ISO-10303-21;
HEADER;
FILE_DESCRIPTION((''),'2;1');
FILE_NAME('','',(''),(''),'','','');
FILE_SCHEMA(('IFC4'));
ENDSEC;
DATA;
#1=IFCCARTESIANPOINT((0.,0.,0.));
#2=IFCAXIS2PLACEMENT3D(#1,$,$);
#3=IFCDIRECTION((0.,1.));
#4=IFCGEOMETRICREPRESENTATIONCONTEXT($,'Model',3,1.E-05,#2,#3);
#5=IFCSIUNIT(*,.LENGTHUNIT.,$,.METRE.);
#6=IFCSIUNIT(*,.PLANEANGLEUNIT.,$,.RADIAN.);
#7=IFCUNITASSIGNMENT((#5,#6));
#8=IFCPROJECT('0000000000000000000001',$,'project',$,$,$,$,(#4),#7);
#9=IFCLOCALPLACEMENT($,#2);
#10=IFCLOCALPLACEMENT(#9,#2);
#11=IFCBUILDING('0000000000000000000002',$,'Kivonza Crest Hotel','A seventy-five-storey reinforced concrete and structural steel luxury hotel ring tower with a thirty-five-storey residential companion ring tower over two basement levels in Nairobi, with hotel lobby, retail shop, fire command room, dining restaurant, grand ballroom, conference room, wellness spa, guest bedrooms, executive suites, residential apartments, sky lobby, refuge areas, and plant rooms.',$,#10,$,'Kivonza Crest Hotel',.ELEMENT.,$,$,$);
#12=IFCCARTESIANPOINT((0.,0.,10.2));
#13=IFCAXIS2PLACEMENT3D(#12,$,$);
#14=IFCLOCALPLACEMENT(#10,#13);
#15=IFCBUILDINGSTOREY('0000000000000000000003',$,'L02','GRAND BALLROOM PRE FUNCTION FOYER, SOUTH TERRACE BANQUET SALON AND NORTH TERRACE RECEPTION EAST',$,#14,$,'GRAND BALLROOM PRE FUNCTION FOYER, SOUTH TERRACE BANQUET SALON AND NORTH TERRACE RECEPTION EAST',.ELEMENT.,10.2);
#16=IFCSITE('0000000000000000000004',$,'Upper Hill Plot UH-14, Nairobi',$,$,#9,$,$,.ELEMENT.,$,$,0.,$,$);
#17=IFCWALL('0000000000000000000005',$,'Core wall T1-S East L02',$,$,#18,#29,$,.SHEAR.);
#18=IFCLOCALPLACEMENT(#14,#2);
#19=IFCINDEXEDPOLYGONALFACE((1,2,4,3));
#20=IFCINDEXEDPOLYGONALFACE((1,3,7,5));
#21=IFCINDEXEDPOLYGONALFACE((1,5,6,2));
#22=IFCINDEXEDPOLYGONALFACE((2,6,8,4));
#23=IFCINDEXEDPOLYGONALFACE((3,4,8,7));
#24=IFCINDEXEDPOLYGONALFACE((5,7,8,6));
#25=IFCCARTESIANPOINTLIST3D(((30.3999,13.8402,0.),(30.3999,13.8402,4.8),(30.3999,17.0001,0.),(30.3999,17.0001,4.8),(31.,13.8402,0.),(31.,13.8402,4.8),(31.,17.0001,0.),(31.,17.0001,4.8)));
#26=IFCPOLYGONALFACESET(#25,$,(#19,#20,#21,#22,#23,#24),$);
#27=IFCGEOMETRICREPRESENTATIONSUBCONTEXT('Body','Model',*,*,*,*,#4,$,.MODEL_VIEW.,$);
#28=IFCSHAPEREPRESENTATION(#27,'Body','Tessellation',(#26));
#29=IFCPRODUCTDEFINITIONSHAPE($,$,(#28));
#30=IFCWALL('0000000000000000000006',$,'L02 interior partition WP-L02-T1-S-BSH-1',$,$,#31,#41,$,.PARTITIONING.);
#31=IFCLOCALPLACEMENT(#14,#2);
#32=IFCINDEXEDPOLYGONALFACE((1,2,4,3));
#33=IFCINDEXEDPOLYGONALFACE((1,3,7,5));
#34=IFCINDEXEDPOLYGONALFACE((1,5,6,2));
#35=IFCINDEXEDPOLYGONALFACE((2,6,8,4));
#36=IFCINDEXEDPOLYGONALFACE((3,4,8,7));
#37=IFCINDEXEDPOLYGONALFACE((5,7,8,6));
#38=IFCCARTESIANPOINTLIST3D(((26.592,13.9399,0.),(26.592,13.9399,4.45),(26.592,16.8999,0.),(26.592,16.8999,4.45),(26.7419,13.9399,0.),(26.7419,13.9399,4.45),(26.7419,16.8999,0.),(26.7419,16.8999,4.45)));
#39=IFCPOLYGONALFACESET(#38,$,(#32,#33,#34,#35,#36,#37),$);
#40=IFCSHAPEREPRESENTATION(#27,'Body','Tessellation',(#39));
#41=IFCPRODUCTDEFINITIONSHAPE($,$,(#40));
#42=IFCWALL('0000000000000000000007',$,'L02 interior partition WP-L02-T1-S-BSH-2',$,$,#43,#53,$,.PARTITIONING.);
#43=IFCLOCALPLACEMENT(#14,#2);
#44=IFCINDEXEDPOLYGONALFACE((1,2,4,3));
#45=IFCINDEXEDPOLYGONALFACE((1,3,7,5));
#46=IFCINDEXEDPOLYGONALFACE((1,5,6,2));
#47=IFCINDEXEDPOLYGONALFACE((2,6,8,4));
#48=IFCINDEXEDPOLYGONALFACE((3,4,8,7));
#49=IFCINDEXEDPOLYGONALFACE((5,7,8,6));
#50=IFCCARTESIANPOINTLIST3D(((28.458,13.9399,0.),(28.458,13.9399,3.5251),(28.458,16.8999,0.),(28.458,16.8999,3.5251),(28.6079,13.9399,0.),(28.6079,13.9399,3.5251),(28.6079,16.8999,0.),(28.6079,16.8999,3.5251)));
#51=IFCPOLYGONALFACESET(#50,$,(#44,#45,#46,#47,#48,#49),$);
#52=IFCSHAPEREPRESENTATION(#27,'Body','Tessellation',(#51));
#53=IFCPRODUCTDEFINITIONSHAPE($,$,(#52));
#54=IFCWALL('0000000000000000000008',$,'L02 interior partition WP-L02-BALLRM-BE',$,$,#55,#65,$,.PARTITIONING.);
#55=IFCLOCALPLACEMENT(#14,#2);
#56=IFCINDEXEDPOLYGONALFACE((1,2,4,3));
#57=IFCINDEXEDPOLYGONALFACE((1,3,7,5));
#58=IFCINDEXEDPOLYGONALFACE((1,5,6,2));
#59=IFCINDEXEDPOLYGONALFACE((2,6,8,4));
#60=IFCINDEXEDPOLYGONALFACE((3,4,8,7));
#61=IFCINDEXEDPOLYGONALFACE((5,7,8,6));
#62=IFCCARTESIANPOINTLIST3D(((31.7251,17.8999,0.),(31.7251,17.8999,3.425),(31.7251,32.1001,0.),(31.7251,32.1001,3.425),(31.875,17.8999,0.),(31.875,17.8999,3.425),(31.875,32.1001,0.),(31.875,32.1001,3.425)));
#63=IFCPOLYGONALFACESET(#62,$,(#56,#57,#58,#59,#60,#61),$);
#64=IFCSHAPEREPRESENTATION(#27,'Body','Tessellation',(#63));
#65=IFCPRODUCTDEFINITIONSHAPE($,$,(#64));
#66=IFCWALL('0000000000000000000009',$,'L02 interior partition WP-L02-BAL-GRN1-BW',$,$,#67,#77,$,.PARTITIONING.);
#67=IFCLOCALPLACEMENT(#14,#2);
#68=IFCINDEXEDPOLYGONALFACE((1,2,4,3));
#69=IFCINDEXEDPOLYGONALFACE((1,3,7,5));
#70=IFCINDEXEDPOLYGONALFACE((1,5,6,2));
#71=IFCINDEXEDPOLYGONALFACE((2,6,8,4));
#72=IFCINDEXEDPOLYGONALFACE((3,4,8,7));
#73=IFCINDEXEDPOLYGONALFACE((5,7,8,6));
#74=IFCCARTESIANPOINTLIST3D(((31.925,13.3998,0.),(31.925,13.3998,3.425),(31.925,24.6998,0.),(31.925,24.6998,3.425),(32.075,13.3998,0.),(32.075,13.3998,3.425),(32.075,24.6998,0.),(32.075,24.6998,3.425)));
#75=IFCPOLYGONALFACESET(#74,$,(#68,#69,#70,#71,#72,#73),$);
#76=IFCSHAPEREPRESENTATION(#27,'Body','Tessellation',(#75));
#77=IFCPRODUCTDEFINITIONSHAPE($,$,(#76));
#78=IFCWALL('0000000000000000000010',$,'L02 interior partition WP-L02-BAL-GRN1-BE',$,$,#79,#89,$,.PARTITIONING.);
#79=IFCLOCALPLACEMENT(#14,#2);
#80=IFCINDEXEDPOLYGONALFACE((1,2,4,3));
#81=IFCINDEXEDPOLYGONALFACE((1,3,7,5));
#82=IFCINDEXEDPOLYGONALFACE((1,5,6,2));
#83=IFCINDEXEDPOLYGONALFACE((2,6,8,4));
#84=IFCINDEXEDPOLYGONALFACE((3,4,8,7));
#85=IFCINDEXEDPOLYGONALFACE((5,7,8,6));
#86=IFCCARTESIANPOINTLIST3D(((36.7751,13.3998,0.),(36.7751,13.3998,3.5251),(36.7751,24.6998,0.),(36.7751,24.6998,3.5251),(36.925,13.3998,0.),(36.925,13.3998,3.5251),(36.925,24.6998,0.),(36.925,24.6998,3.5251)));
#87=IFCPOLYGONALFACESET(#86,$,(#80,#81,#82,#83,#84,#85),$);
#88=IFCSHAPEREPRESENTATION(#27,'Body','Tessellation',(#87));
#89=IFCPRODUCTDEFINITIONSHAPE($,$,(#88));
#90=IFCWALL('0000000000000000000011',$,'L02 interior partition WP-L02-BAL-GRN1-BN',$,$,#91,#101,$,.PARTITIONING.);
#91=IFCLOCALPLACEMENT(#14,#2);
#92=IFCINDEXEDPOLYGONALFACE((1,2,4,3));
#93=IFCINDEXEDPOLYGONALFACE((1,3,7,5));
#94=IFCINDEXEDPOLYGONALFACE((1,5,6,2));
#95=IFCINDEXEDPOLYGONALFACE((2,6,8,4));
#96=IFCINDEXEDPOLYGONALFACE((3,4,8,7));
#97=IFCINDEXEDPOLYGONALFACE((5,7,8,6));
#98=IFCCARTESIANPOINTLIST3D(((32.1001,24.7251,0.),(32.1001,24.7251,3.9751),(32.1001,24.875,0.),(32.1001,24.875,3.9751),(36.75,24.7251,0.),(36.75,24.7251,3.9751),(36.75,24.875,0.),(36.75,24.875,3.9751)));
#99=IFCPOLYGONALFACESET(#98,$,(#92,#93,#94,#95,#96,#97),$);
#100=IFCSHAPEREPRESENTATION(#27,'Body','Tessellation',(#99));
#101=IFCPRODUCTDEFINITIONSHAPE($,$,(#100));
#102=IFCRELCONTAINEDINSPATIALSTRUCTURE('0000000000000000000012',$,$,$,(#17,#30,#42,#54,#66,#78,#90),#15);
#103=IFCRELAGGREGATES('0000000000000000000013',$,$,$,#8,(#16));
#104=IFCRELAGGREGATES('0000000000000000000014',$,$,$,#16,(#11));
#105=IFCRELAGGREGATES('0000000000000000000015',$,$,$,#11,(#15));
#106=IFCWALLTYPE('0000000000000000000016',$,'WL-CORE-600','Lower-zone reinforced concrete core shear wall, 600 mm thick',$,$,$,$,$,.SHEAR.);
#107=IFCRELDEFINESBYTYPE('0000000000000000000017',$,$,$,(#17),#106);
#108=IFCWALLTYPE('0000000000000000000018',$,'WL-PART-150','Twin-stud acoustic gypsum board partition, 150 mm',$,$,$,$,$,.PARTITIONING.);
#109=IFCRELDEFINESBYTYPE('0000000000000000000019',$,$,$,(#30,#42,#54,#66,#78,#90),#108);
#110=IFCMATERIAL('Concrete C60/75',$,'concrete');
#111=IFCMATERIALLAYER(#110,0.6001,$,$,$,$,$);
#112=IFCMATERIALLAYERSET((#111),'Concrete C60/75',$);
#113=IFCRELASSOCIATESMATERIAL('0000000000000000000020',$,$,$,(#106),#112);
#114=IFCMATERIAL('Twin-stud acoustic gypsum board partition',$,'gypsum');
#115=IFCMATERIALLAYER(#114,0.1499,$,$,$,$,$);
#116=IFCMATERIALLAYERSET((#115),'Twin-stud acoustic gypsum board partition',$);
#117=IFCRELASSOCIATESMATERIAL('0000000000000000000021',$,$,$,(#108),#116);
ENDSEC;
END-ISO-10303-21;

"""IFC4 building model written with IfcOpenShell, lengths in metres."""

from ifc_helpers import new_model, si_unit, direction, frame, frame_2d, origin, place, context, subcontext, project, spatial, rectangle, extrude, material, layer, layer_set, type_object, element, save


model = new_model("IFC4")

# Units and contexts
model_context = context("Model", 3, precision=1e-05, world=origin(), true_north=direction((0.0, 1.0)))
body_context = subcontext(model_context, "Body", "Model", "MODEL_VIEW")
ifc_project = project(units=[si_unit("LENGTHUNIT", "METRE"), si_unit("PLANEANGLEUNIT", "RADIAN")], contexts=[model_context])

# Site, building, storey
site_placement = place(None, origin())
site = spatial("IfcSite", under=ifc_project, at=site_placement, Name="Upper Hill Plot UH-14, Nairobi", CompositionType="ELEMENT", RefElevation=0.0)
building_placement = place(site_placement, origin())
building = spatial("IfcBuilding", under=site, at=building_placement, Name="Kivonza Crest Hotel", Description="A seventy-five-storey reinforced concrete and structural steel luxury hotel ring tower with a thirty-five-storey residential companion ring tower over two basement levels in Nairobi, with hotel lobby, retail shop, fire command room, dining restaurant, grand ballroom, conference room, wellness spa, guest bedrooms, executive suites, residential apartments, sky lobby, refuge areas, and plant rooms.", LongName="Kivonza Crest Hotel", CompositionType="ELEMENT")
storey_placement = place(building_placement, frame((0.0, 0.0, 10.2)))
storey = spatial("IfcBuildingStorey", under=building, at=storey_placement, Name="L02", Description="GRAND BALLROOM PRE FUNCTION FOYER, SOUTH TERRACE BANQUET SALON AND NORTH TERRACE RECEPTION EAST", LongName="GRAND BALLROOM PRE FUNCTION FOYER, SOUTH TERRACE BANQUET SALON AND NORTH TERRACE RECEPTION EAST", CompositionType="ELEMENT", Elevation=10.2)

# Shared definitions
ifc_material_1 = material(Name="Concrete C60/75", Category="concrete")

# Walls
ifc_layer_1 = layer(ifc_material_1, 0.6001)
ifc_layer_set_1 = layer_set([ifc_layer_1], Name="Concrete C60/75")
wall_type_1 = type_object("IfcWallType", Name="WL-CORE-600", Description="Lower-zone reinforced concrete core shear wall, 600 mm thick", PredefinedType="SHEAR", material=ifc_layer_set_1)
wall_1_placement = place(storey_placement, frame((30.7, 13.8401, 0.0), z_axis=(0.0, 0.0, 1.0), x_axis=(0.0, 1.0, 0.0)))
element("IfcWall", 1, at=wall_1_placement, inside=storey, type_object=wall_type_1, Name="Core wall T1-S East L02", PredefinedType="SHEAR", context=body_context, shape_type="SweptSolid", body=[
    extrude(rectangle(XDim=3.1599, YDim=0.6001, at=frame_2d((1.5801, 0.0))), origin(), (0.0, 0.0, 1.0), 4.8),
])
ifc_material_2 = material(Name="Twin-stud acoustic gypsum board partition", Category="gypsum")
ifc_layer_2 = layer(ifc_material_2, 0.1499)
ifc_layer_set_2 = layer_set([ifc_layer_2], Name="Twin-stud acoustic gypsum board partition")
wall_type_2 = type_object("IfcWallType", Name="WL-PART-150", Description="Twin-stud acoustic gypsum board partition, 150 mm", PredefinedType="PARTITIONING", material=ifc_layer_set_2)
wall_2_placement = place(storey_placement, frame((26.667, 13.9399, 0.0), z_axis=(0.0, 0.0, 1.0), x_axis=(0.0, 1.0, 0.0)))
element("IfcWall", 2, at=wall_2_placement, inside=storey, type_object=wall_type_2, Name="L02 interior partition WP-L02-T1-S-BSH-1", PredefinedType="PARTITIONING", context=body_context, shape_type="SweptSolid", body=[
    extrude(rectangle(XDim=2.96, YDim=0.1499, at=frame_2d((1.48, 0.0))), origin(), (0.0, 0.0, 1.0), 4.45),
])
wall_3_placement = place(storey_placement, frame((28.533, 13.9399, 0.0), z_axis=(0.0, 0.0, 1.0), x_axis=(0.0, 1.0, 0.0)))
element("IfcWall", 3, at=wall_3_placement, inside=storey, type_object=wall_type_2, Name="L02 interior partition WP-L02-T1-S-BSH-2", PredefinedType="PARTITIONING", context=body_context, shape_type="SweptSolid", body=[
    extrude(rectangle(XDim=2.96, YDim=0.1499, at=frame_2d((1.48, 0.0))), origin(), (0.0, 0.0, 1.0), 3.5251),
])
wall_4_placement = place(storey_placement, frame((31.8, 17.8999, 0.0), z_axis=(0.0, 0.0, 1.0), x_axis=(0.0, 1.0, 0.0)))
element("IfcWall", 4, at=wall_4_placement, inside=storey, type_object=wall_type_2, Name="L02 interior partition WP-L02-BALLRM-BE", PredefinedType="PARTITIONING", context=body_context, shape_type="SweptSolid", body=[
    extrude(rectangle(XDim=14.2002, YDim=0.1499, at=frame_2d((7.1001, 0.0))), origin(), (0.0, 0.0, 1.0), 3.425),
])
wall_5_placement = place(storey_placement, frame((32.0, 13.3999, 0.0), z_axis=(0.0, 0.0, 1.0), x_axis=(0.0, 1.0, 0.0)))
element("IfcWall", 5, at=wall_5_placement, inside=storey, type_object=wall_type_2, Name="L02 interior partition WP-L02-BAL-GRN1-BW", PredefinedType="PARTITIONING", context=body_context, shape_type="SweptSolid", body=[
    extrude(rectangle(XDim=11.3, YDim=0.1499, at=frame_2d((5.6499, 0.0))), origin(), (0.0, 0.0, 1.0), 3.425),
])
wall_6_placement = place(storey_placement, frame((36.8501, 13.3999, 0.0), z_axis=(0.0, 0.0, 1.0), x_axis=(0.0, 1.0, 0.0)))
element("IfcWall", 6, at=wall_6_placement, inside=storey, type_object=wall_type_2, Name="L02 interior partition WP-L02-BAL-GRN1-BE", PredefinedType="PARTITIONING", context=body_context, shape_type="SweptSolid", body=[
    extrude(rectangle(XDim=11.3, YDim=0.1499, at=frame_2d((5.6499, 0.0))), origin(), (0.0, 0.0, 1.0), 3.5251),
])
wall_7_placement = place(storey_placement, frame((32.1001, 24.8, 0.0), z_axis=(0.0, 0.0, 1.0), x_axis=(1.0, 0.0, 0.0)))
element("IfcWall", 7, at=wall_7_placement, inside=storey, type_object=wall_type_2, Name="L02 interior partition WP-L02-BAL-GRN1-BN", PredefinedType="PARTITIONING", context=body_context, shape_type="SweptSolid", body=[
    extrude(rectangle(XDim=4.6499, YDim=0.1499, at=frame_2d((2.325, 0.0))), origin(), (0.0, 0.0, 1.0), 3.9751),
])

save(model, "model.ifc")
